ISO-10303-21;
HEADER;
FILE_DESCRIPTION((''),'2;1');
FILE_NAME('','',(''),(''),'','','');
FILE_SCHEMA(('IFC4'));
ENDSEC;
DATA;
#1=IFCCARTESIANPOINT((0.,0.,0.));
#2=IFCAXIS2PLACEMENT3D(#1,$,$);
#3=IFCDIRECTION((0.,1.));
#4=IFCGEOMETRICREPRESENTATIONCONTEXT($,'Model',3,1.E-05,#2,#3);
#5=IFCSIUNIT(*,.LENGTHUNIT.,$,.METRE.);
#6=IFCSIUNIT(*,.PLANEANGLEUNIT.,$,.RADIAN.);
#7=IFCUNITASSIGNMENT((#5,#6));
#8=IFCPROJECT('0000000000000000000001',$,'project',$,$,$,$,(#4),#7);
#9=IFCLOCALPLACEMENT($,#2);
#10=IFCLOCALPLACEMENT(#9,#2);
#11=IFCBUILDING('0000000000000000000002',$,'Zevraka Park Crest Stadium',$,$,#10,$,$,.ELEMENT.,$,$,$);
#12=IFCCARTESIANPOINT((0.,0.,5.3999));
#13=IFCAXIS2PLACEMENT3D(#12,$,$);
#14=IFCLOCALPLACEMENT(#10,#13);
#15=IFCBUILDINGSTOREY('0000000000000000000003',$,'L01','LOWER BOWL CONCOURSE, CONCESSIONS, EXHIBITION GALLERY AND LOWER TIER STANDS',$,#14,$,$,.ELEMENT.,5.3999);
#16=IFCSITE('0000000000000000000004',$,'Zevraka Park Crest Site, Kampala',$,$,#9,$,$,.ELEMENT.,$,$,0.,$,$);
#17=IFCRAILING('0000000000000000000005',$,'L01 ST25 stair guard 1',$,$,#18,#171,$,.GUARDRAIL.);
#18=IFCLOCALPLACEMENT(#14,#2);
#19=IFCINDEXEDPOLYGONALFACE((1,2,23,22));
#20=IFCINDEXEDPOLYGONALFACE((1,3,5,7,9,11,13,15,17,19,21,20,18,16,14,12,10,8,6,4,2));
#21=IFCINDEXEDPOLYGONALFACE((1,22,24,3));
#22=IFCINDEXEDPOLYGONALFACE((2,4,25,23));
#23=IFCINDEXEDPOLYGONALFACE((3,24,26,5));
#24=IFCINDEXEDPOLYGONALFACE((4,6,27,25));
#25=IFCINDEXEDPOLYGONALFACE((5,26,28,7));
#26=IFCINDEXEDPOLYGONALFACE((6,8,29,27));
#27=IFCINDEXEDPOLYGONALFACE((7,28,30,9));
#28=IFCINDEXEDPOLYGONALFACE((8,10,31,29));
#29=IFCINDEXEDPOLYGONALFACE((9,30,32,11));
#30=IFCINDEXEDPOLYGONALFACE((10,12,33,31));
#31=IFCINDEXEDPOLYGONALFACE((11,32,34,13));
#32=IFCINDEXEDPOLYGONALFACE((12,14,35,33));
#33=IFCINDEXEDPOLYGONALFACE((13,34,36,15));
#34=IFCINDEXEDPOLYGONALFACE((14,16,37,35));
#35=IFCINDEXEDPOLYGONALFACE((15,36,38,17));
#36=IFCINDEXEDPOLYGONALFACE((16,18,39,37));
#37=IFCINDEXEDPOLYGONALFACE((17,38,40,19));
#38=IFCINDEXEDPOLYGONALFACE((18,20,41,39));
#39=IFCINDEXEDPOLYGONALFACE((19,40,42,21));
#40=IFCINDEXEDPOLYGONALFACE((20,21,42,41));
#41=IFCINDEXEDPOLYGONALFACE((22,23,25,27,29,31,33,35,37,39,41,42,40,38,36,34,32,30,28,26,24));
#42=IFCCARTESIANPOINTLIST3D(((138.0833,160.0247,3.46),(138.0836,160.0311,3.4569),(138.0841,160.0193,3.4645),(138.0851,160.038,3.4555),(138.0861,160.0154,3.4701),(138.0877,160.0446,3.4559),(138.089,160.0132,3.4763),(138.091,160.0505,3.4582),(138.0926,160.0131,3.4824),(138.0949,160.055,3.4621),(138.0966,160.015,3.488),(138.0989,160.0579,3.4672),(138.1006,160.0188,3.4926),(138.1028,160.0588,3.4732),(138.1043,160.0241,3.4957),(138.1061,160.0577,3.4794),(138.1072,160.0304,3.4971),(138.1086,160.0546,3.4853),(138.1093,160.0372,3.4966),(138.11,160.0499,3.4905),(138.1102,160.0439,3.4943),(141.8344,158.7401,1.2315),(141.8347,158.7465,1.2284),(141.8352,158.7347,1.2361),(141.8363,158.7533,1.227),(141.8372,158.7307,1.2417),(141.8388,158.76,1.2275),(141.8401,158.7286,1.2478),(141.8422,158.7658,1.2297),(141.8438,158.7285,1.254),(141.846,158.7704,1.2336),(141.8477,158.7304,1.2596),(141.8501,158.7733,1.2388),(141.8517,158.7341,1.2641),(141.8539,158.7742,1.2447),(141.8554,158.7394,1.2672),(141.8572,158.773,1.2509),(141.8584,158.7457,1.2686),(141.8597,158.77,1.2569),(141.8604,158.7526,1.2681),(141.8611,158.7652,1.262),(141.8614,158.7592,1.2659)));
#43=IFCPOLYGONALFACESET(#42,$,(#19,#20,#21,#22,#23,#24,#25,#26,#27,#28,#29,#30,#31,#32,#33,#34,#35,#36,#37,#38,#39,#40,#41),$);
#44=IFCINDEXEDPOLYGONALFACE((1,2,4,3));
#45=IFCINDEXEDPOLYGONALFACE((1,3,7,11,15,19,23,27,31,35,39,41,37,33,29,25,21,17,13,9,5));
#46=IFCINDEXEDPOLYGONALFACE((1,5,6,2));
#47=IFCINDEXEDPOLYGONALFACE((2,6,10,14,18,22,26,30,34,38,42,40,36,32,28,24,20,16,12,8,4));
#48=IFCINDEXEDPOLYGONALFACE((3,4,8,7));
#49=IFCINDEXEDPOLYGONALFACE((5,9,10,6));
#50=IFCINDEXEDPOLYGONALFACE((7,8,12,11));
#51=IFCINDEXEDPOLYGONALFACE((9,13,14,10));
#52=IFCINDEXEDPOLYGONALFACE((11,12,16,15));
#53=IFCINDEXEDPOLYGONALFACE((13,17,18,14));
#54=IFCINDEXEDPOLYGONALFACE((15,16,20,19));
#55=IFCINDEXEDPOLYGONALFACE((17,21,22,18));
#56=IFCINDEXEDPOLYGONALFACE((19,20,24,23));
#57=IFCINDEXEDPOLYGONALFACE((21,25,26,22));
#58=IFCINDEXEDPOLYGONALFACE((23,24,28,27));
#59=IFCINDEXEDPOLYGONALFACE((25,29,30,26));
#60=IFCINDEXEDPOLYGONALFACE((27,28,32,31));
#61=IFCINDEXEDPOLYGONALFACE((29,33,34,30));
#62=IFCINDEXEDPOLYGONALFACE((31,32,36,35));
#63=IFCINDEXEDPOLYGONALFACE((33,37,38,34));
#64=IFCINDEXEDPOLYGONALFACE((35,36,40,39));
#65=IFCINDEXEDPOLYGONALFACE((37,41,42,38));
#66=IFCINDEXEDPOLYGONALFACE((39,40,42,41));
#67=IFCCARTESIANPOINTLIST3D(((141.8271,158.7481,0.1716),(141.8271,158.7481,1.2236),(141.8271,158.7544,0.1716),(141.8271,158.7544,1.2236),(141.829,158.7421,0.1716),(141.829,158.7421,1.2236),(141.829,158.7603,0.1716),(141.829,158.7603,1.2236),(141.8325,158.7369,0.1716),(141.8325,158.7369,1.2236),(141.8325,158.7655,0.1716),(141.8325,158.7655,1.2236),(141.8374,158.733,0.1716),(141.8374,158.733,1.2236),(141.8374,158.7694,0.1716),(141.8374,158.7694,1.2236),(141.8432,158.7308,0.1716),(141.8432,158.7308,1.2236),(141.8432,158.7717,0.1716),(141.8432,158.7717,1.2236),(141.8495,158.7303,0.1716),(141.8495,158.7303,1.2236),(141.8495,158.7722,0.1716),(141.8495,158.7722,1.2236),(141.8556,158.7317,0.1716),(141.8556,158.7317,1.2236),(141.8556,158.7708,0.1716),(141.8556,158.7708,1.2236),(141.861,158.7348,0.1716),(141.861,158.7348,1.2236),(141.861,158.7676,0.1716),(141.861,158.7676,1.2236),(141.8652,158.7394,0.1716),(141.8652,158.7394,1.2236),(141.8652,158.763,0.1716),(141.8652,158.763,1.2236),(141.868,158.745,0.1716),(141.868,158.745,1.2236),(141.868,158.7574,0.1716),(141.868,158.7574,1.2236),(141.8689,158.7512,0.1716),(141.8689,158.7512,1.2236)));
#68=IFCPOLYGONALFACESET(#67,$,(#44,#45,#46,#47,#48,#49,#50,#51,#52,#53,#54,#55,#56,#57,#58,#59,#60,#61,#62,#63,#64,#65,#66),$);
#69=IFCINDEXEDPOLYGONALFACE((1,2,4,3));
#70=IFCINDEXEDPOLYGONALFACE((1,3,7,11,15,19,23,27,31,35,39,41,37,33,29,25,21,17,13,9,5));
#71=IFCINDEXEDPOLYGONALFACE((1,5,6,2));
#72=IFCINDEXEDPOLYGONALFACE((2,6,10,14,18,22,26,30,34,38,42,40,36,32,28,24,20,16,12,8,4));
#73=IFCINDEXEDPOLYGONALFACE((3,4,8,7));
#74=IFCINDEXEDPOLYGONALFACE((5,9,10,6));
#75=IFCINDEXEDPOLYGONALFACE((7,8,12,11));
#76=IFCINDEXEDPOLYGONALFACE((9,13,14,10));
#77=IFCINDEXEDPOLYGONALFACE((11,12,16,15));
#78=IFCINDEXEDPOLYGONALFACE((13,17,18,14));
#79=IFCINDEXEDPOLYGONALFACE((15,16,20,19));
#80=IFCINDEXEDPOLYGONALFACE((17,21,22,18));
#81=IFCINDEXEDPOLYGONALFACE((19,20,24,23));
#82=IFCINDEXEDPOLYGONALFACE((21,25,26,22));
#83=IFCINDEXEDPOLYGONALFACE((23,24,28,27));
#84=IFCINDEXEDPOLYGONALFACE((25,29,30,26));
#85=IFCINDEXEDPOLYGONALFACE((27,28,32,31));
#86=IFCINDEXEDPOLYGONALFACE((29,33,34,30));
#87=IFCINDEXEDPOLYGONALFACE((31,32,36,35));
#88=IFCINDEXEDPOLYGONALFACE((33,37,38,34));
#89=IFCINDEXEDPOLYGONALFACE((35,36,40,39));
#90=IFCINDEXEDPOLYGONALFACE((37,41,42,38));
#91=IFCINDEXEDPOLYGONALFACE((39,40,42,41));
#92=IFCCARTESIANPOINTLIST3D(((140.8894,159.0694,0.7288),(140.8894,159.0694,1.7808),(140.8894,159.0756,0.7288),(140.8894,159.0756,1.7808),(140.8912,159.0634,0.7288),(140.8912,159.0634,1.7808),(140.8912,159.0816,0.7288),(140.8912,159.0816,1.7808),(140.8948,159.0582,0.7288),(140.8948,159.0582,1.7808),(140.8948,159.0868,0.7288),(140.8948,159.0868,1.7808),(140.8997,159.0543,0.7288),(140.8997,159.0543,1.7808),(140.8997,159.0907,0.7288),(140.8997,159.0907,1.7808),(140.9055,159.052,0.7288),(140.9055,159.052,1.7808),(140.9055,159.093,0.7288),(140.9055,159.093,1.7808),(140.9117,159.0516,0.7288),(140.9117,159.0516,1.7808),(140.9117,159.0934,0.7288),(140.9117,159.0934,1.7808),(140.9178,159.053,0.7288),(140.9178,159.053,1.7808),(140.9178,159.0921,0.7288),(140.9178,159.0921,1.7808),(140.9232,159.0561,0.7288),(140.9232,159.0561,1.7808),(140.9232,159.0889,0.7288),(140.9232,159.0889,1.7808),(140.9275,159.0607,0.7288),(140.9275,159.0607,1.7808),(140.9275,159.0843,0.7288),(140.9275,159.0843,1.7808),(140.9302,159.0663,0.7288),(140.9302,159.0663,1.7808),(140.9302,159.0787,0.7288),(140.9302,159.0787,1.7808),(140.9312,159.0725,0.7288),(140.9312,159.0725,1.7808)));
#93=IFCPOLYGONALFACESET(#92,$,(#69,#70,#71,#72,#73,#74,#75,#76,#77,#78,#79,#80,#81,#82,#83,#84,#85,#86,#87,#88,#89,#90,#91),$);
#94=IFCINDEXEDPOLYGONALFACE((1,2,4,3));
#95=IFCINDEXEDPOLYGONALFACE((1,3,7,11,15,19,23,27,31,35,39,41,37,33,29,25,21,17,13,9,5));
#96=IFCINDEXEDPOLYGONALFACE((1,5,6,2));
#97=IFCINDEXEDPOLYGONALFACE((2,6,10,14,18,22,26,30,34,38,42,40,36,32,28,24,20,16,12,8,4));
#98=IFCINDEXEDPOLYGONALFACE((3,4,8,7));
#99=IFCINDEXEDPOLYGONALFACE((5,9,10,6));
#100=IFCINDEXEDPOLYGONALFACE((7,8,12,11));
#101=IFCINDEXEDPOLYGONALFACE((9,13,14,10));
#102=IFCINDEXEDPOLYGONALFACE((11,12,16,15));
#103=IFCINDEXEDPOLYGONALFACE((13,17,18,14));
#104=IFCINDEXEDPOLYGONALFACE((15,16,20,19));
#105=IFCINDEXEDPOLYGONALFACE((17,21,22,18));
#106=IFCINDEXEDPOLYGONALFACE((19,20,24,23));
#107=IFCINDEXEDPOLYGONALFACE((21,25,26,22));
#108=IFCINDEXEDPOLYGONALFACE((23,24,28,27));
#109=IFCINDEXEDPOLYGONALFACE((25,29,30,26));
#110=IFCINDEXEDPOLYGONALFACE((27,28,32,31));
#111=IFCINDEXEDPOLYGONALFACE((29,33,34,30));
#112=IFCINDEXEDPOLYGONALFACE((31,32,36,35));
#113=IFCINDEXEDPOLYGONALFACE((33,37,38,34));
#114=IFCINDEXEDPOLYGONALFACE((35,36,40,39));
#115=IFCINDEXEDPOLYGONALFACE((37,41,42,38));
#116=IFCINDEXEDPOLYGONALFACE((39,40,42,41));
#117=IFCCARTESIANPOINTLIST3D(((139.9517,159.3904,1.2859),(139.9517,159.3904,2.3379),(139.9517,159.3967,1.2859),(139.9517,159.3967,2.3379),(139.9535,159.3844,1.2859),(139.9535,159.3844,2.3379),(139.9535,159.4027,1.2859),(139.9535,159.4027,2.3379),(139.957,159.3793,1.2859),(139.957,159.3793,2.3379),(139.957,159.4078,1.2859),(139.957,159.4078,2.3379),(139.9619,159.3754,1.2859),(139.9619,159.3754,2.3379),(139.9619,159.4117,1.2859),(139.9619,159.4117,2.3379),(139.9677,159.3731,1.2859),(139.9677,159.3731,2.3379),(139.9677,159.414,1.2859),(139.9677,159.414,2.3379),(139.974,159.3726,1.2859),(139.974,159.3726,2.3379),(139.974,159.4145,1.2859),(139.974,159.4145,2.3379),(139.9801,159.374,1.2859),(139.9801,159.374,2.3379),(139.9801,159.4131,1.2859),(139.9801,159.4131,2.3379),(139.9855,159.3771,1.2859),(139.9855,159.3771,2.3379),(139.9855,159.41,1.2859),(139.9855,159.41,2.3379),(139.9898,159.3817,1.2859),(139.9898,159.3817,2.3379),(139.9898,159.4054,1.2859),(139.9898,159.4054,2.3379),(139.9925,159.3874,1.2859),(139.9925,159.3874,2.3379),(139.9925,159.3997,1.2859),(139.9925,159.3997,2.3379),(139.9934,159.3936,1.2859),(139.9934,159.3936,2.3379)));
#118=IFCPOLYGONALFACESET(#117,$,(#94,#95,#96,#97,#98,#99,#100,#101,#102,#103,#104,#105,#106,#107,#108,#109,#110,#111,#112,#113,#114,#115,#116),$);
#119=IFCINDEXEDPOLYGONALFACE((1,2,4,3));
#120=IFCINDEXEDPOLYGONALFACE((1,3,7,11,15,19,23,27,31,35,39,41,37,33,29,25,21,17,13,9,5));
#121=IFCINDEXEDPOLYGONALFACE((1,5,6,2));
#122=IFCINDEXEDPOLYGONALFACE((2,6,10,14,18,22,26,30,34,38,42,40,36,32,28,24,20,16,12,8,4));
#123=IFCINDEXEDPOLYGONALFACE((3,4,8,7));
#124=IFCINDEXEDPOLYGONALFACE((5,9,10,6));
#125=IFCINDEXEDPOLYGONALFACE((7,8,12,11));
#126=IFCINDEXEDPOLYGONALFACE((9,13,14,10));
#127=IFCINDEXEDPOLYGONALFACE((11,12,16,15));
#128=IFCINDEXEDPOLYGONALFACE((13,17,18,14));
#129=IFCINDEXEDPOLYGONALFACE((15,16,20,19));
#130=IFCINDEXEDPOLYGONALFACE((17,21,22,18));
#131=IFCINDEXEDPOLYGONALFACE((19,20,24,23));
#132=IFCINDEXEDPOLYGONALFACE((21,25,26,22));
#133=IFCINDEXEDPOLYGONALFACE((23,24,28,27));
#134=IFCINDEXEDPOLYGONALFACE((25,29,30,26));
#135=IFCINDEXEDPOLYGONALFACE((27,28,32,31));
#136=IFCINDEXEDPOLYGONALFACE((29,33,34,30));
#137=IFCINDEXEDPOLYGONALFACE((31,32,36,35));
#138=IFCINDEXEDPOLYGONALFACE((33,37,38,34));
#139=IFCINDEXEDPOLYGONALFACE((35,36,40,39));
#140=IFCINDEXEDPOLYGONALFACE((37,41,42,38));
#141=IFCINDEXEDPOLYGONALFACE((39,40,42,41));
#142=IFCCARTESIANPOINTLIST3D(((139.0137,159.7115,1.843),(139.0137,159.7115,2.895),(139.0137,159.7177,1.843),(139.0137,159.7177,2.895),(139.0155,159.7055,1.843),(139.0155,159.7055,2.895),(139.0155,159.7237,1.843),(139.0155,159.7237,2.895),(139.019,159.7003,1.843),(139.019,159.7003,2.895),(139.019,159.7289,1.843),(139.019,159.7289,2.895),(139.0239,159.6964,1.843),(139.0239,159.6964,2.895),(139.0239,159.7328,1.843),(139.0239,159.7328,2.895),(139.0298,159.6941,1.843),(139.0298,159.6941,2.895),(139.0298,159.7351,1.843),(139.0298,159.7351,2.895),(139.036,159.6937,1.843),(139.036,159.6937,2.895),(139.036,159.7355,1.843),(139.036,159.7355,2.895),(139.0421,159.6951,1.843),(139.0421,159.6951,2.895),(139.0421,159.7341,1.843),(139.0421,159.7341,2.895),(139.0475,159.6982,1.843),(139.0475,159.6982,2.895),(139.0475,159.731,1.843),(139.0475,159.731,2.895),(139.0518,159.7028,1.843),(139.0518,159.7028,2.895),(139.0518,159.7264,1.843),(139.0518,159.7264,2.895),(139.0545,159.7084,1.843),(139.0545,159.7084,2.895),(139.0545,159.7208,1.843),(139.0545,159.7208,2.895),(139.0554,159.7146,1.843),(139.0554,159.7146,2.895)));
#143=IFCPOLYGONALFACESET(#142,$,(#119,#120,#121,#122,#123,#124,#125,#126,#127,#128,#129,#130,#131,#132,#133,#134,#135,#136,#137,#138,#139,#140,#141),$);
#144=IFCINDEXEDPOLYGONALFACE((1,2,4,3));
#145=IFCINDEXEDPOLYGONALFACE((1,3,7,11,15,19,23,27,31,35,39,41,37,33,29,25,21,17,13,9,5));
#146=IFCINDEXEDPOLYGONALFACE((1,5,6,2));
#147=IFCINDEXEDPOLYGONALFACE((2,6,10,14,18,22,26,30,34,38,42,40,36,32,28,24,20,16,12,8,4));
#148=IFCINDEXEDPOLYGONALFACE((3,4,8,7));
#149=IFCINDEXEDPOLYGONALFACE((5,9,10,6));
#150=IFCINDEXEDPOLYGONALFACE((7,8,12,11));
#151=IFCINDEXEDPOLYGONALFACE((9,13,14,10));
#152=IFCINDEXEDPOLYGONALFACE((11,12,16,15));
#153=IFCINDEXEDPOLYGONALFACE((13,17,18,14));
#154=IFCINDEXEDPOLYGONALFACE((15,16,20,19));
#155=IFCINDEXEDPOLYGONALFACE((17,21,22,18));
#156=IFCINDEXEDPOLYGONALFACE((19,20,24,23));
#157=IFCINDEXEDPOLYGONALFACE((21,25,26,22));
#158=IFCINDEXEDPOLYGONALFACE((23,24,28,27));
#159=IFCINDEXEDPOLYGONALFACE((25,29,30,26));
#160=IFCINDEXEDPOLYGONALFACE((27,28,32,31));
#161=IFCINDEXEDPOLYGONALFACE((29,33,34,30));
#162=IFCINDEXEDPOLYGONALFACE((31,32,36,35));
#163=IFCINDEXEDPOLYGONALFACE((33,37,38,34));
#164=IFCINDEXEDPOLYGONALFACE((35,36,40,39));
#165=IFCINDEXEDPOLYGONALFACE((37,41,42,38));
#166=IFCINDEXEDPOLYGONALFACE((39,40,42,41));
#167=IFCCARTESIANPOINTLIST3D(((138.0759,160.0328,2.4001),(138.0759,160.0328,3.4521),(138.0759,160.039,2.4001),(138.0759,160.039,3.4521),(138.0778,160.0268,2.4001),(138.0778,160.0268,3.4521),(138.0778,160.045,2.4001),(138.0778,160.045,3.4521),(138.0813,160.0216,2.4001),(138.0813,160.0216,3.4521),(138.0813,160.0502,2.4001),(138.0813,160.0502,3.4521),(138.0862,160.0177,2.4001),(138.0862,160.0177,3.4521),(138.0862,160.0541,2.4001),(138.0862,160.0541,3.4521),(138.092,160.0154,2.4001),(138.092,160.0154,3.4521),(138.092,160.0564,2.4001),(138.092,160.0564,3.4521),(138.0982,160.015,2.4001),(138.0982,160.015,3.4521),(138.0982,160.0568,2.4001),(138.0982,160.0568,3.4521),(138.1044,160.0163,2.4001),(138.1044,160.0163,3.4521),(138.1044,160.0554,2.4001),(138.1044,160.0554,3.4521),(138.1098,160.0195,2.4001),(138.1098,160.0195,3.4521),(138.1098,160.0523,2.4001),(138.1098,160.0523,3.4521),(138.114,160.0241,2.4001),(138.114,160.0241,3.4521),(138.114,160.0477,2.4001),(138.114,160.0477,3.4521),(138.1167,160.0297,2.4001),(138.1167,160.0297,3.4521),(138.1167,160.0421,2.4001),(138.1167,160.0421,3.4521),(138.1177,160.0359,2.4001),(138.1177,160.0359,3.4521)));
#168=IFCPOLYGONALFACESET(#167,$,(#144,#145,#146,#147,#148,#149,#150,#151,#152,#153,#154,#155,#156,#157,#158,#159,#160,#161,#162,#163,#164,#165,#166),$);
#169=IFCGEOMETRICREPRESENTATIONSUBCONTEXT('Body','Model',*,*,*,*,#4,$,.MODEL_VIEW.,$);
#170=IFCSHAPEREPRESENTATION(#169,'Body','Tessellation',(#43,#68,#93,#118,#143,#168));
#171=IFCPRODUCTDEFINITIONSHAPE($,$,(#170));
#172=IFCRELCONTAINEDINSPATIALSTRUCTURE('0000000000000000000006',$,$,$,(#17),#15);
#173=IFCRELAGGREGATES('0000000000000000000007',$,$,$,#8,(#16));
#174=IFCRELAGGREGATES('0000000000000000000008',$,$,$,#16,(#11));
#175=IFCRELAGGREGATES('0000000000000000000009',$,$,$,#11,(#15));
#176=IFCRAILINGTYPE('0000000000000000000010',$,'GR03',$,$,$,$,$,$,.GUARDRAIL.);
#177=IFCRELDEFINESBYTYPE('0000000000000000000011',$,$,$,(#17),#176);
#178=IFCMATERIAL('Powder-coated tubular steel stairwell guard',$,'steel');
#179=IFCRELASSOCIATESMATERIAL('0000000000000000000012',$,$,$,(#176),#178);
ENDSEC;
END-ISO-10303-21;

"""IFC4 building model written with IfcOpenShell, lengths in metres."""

from ifc_helpers import new_model, si_unit, direction, frame, origin, origin_2d, place, context, subcontext, project, spatial, circle, extrude, material, type_object, element, save


model = new_model("IFC4")

# Units and contexts
model_context = context("Model", 3, precision=1e-05, world=origin(), true_north=direction((0.0, 1.0)))
body_context = subcontext(model_context, "Body", "Model", "MODEL_VIEW")
ifc_project = project(units=[si_unit("LENGTHUNIT", "METRE"), si_unit("PLANEANGLEUNIT", "RADIAN")], contexts=[model_context])

# Site, building, storey
site_placement = place(None, origin())
site = spatial("IfcSite", under=ifc_project, at=site_placement, Name="Zevraka Park Crest Site, Kampala", CompositionType="ELEMENT", RefElevation=0.0)
building_placement = place(site_placement, origin())
building = spatial("IfcBuilding", under=site, at=building_placement, Name="Zevraka Park Crest Stadium", CompositionType="ELEMENT")
storey_placement = place(building_placement, frame((0.0, 0.0, 5.3999)))
storey = spatial("IfcBuildingStorey", under=building, at=storey_placement, Name="L01", Description="LOWER BOWL CONCOURSE, CONCESSIONS, EXHIBITION GALLERY AND LOWER TIER STANDS", CompositionType="ELEMENT", Elevation=5.3999)

# Railing
ifc_material_1 = material(Name="Powder-coated tubular steel stairwell guard", Category="steel")
railing_type_1 = type_object("IfcRailingType", Name="GR03", PredefinedType="GUARDRAIL", material=ifc_material_1)
railing_1_placement = place(storey_placement, frame((141.8479, 158.7512, 0.1716)))
element("IfcRailing", 1, at=railing_1_placement, inside=storey, type_object=railing_type_1, Name="L01 ST25 stair guard 1", PredefinedType="GUARDRAIL", context=body_context, shape_type="SweptSolid", body=[
    extrude(circle(Radius=0.0239, at=origin_2d()), frame((0.0, 0.0, 1.0762), z_axis=(-0.824727, 0.282441, 0.489952), x_axis=(-0.323994, -0.946059, 0.0)), (0.0, 0.0, 1.0), 4.5483),
    extrude(circle(Radius=0.021, at=origin_2d()), origin(), (0.0, 0.0, 1.0), 1.052),
    extrude(circle(Radius=0.021, at=origin_2d()), frame((-0.9377, 0.3213, 0.5571)), (0.0, 0.0, 1.0), 1.052),
    extrude(circle(Radius=0.021, at=origin_2d()), frame((-1.8755, 0.6423, 1.1143)), (0.0, 0.0, 1.0), 1.052),
    extrude(circle(Radius=0.021, at=origin_2d()), frame((-2.8135, 0.9634, 1.6714)), (0.0, 0.0, 1.0), 1.052),
    extrude(circle(Radius=0.021, at=origin_2d()), frame((-3.7512, 1.2847, 2.2285)), (0.0, 0.0, 1.0), 1.052),
])

save(model, "model.ifc")
